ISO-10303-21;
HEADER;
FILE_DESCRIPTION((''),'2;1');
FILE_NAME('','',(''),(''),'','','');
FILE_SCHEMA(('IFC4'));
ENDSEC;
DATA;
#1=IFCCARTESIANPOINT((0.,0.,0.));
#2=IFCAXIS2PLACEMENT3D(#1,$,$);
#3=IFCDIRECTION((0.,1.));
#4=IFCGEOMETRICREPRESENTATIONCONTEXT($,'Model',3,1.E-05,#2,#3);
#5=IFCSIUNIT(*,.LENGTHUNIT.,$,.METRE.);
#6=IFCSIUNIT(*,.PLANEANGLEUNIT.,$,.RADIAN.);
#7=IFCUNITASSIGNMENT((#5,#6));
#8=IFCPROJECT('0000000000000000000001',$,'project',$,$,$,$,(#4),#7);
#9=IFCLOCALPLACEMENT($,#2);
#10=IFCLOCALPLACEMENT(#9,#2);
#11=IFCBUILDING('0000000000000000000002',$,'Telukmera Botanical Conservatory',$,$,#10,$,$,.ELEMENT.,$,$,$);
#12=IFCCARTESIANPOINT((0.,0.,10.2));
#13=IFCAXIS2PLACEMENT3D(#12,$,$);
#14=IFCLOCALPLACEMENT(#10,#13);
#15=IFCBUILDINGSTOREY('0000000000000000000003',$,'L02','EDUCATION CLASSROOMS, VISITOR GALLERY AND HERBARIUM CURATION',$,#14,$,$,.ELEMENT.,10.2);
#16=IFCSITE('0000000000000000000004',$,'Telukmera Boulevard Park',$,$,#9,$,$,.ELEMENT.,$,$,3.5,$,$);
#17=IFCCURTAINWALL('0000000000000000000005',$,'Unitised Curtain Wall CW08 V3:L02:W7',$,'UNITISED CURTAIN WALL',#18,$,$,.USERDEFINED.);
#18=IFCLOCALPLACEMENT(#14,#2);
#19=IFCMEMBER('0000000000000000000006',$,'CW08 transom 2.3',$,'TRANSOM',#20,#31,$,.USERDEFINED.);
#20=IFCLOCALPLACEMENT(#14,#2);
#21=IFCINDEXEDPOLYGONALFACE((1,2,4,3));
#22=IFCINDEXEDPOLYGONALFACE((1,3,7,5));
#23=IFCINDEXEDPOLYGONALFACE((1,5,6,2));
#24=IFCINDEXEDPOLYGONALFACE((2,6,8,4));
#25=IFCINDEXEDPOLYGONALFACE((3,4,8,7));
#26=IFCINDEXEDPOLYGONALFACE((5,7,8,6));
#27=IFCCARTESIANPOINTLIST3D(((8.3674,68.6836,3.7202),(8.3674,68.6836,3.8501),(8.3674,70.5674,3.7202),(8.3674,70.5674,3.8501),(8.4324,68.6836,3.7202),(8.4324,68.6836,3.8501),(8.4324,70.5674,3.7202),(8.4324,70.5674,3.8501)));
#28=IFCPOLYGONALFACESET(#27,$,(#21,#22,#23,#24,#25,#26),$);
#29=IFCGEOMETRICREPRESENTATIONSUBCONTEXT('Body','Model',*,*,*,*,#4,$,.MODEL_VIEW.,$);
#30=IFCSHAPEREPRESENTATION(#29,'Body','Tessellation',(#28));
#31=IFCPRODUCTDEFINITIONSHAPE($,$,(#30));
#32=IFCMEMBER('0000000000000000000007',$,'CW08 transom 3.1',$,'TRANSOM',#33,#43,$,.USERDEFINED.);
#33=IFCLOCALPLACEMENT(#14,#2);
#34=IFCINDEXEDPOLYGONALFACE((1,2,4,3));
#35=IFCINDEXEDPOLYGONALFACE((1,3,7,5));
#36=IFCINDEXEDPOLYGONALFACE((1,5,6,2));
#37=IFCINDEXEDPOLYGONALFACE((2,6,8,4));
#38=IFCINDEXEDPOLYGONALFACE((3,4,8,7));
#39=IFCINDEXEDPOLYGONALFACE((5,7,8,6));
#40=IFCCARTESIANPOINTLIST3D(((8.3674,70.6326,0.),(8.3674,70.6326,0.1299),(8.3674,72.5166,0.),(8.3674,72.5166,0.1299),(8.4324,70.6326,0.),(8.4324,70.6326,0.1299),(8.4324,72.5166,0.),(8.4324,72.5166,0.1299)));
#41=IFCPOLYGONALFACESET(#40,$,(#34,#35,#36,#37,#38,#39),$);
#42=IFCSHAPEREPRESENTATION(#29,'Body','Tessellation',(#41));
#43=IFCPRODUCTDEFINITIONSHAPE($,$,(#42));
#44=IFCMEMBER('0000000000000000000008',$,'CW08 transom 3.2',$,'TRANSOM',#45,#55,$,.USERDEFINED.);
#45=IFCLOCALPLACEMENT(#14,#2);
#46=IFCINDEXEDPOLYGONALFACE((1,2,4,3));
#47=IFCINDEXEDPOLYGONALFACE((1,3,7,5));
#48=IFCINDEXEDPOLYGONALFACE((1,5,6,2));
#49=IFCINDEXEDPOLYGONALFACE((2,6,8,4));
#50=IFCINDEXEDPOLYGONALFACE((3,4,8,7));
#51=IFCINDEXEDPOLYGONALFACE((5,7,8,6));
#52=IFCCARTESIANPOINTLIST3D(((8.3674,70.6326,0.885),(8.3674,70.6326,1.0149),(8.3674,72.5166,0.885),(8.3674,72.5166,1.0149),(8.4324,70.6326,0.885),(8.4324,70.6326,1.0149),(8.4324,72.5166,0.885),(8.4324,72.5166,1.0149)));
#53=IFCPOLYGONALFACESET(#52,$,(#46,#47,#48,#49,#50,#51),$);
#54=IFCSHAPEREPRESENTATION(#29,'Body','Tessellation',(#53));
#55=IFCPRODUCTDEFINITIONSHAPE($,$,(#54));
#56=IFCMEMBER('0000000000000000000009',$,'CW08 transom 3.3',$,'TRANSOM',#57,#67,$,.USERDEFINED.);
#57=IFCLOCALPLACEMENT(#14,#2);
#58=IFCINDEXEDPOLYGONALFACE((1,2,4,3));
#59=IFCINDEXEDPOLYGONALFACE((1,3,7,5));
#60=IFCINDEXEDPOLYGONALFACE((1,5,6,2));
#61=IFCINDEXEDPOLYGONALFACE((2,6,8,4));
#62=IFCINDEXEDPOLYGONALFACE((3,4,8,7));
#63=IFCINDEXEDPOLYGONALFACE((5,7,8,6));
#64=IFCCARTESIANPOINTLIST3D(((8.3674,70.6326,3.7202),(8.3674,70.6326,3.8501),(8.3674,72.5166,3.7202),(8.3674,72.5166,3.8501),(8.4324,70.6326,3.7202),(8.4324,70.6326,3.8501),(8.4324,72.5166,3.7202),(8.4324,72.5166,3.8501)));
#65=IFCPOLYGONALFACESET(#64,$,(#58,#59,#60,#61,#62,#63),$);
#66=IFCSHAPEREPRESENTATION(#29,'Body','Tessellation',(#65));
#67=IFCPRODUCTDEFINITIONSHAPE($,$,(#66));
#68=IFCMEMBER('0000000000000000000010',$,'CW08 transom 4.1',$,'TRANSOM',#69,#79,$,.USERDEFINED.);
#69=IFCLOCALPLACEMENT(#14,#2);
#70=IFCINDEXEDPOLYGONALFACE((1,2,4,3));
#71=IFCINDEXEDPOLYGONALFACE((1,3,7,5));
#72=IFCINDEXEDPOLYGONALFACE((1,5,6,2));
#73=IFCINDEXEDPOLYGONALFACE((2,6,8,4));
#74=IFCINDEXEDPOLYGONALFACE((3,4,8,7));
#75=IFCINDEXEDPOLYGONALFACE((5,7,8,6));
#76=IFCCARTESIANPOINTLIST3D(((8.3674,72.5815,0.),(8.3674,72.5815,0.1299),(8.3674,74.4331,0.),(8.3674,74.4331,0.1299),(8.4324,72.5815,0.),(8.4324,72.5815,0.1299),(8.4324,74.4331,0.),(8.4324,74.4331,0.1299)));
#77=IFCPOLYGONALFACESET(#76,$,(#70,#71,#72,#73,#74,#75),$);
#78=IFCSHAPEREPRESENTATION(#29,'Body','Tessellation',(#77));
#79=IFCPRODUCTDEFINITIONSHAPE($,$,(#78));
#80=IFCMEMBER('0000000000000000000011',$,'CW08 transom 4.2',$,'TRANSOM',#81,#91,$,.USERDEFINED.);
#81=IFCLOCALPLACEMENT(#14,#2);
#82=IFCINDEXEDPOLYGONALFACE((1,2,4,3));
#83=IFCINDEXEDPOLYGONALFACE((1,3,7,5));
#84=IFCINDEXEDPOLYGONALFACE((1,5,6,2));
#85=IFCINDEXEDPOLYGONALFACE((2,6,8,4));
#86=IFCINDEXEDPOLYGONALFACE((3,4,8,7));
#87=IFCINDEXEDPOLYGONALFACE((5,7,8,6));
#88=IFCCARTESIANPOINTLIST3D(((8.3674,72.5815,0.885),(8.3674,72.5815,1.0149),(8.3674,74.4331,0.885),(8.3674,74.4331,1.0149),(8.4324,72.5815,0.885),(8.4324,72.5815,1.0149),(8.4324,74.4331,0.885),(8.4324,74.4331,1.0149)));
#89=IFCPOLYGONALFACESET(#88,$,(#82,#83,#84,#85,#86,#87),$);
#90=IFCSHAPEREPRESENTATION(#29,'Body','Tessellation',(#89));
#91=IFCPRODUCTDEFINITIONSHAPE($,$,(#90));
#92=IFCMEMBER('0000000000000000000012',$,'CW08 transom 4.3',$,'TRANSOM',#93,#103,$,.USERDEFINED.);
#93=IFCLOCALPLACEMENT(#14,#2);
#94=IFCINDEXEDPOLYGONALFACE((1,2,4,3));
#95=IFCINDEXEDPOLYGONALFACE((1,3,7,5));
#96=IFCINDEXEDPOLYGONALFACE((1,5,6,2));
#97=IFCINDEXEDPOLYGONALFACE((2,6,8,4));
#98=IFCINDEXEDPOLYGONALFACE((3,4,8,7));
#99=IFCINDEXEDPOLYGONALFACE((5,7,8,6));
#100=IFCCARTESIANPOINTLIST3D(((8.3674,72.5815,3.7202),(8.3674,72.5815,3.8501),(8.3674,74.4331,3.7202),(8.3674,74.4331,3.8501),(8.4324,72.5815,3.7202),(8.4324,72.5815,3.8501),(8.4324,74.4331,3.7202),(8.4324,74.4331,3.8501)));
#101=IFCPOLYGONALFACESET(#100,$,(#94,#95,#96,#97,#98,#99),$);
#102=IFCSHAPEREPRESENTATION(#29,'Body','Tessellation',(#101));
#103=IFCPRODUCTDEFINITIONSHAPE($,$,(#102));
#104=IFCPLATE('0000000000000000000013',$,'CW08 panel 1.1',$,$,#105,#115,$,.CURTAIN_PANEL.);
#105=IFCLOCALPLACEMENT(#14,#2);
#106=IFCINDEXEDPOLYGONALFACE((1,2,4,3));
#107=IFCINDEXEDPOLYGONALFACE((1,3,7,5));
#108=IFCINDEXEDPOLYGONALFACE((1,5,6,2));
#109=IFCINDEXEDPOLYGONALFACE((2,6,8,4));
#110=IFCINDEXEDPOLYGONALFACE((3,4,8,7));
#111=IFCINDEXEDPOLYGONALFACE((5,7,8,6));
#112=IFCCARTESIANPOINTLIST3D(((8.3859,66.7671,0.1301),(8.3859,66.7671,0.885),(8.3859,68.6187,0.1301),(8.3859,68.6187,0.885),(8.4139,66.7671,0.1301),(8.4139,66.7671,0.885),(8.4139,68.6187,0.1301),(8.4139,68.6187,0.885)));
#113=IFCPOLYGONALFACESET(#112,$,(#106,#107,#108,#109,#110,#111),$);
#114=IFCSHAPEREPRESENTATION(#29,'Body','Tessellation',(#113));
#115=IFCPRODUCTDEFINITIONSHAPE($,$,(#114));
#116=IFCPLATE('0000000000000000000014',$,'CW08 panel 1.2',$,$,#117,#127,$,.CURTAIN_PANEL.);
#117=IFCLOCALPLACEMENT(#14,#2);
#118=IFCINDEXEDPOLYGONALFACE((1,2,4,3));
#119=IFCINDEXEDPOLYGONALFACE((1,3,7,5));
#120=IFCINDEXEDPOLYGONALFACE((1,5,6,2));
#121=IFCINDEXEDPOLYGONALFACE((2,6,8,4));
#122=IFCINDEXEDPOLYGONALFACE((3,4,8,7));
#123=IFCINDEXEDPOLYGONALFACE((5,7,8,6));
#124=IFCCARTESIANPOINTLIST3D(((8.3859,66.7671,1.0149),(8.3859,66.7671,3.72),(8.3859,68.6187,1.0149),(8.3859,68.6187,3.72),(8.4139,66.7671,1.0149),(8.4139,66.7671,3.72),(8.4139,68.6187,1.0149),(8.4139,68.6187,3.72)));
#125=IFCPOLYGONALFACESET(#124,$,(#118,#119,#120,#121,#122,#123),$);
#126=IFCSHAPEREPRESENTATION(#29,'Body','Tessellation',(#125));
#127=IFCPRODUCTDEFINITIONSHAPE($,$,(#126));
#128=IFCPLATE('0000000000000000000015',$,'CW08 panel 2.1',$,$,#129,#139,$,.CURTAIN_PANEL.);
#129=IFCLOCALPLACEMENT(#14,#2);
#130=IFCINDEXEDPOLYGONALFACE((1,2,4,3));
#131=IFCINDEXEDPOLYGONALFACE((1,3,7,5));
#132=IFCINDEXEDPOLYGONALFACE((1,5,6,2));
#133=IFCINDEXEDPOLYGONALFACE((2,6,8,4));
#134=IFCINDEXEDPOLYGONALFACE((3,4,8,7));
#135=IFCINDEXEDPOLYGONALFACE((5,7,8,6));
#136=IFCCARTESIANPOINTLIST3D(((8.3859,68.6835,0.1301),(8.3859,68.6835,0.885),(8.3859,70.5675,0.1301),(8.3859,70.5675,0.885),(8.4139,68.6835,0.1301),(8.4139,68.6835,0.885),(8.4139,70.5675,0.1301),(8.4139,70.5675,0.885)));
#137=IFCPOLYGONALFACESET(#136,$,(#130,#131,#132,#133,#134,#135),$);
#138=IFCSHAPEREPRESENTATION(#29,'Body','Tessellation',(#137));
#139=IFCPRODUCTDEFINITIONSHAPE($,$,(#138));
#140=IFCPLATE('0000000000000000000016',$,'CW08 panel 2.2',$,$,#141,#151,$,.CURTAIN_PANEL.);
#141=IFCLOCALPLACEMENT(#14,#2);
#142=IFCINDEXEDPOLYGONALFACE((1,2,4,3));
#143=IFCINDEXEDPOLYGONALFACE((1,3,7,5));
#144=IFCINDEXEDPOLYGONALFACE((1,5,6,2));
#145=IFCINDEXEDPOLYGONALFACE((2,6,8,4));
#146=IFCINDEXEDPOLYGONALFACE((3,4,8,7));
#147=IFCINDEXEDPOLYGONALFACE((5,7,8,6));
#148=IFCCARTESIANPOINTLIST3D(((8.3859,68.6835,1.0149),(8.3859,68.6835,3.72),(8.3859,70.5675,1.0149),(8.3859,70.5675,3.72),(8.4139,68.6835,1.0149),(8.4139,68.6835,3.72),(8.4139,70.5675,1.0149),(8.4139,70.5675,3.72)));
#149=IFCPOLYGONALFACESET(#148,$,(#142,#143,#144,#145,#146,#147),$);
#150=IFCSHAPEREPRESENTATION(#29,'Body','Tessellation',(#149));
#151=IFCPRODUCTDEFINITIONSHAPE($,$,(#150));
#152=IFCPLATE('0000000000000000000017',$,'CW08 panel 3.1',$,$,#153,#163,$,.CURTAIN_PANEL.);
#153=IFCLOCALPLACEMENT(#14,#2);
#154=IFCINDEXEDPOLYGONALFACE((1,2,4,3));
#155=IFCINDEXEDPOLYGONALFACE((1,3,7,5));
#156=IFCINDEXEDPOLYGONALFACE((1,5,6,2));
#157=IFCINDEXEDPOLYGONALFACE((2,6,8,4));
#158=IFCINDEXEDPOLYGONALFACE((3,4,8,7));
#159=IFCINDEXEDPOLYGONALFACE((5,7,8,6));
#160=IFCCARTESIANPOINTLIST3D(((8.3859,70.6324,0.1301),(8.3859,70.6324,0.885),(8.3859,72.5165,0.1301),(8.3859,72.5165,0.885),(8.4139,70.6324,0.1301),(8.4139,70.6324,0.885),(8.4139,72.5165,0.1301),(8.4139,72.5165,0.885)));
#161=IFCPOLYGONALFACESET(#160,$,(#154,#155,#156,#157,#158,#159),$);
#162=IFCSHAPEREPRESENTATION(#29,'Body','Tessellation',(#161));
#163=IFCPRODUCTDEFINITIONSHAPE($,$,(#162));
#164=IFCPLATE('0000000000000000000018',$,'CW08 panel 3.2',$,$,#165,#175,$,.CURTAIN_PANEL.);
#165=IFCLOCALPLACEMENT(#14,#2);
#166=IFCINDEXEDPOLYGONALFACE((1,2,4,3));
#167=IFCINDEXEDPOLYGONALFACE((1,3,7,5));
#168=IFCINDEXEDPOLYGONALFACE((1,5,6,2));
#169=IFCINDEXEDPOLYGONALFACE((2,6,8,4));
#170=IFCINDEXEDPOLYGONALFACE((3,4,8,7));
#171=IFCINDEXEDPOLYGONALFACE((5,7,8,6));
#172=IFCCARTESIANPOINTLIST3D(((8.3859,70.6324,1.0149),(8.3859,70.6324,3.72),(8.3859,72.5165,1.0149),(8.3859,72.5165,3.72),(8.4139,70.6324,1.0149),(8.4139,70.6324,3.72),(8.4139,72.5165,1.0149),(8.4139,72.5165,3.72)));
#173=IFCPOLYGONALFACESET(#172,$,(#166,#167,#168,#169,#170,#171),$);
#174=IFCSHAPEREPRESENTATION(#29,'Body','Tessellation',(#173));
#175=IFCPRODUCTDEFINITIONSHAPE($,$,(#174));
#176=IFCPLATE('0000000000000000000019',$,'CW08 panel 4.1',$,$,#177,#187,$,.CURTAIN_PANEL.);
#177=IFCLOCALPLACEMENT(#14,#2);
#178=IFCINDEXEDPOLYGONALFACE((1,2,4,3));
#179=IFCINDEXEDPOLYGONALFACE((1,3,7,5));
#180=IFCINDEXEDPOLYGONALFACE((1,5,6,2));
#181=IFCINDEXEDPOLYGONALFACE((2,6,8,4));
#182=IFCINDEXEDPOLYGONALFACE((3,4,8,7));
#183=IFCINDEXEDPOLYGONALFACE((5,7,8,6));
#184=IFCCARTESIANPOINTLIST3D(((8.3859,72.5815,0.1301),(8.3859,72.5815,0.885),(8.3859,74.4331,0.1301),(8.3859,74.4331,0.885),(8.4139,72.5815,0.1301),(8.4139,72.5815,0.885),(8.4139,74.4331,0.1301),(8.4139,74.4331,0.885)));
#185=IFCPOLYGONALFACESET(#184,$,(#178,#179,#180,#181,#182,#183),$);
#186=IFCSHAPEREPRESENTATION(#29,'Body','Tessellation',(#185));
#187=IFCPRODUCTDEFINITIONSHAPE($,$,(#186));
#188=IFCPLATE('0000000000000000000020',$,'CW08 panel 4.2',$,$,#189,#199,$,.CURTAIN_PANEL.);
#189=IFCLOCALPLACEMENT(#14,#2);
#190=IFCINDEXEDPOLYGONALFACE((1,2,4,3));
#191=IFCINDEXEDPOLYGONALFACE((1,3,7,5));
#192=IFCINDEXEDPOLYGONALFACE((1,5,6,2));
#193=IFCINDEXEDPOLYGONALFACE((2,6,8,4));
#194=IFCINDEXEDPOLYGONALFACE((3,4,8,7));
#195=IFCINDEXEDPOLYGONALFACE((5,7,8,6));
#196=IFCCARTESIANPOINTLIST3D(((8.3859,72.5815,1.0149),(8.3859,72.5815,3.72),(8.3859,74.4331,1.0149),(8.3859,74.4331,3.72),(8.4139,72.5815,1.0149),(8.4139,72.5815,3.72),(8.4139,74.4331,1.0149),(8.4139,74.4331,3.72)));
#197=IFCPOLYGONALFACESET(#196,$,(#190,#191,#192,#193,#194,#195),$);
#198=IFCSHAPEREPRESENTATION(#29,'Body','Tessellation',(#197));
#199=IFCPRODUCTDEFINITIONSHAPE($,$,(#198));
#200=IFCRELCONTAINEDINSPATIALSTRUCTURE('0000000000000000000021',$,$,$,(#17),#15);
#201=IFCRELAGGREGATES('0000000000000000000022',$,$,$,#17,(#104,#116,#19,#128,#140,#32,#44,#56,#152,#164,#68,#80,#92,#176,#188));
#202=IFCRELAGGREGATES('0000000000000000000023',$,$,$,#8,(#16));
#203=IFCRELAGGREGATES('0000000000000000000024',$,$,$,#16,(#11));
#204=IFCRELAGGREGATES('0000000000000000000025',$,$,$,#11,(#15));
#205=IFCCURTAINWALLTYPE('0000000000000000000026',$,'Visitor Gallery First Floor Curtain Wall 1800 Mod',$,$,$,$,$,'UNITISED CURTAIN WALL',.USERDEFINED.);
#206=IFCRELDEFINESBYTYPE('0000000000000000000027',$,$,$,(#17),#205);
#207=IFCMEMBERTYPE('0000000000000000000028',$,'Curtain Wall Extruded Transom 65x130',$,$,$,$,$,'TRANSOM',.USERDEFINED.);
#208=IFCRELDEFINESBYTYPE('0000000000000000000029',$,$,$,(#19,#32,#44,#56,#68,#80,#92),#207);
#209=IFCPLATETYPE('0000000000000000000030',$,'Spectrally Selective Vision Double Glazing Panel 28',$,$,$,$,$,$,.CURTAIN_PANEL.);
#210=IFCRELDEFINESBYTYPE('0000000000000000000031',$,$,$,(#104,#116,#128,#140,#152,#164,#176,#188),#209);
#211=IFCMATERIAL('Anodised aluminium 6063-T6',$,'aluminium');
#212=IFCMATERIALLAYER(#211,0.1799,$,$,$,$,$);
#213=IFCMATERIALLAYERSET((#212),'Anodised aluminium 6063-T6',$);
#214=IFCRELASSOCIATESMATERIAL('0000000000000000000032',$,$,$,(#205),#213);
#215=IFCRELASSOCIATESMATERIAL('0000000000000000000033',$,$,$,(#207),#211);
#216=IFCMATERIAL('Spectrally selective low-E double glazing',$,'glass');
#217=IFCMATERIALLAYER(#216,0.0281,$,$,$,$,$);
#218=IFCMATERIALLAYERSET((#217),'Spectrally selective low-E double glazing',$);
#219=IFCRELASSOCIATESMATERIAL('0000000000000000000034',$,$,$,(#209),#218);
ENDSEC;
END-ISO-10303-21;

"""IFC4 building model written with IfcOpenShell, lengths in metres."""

from ifc_helpers import new_model, si_unit, direction, frame, origin, origin_2d, place, context, subcontext, project, spatial, rectangle, extrude, material, layer, layer_set, material_profile, profile_set, type_object, element, aggregate, save


model = new_model("IFC4")

# Units and contexts
model_context = context("Model", 3, precision=1e-05, world=origin(), true_north=direction((0.0, 1.0)))
body_context = subcontext(model_context, "Body", "Model", "MODEL_VIEW")
ifc_project = project(units=[si_unit("LENGTHUNIT", "METRE"), si_unit("PLANEANGLEUNIT", "RADIAN")], contexts=[model_context])

# Site, building, storey
site_placement = place(None, origin())
site = spatial("IfcSite", under=ifc_project, at=site_placement, Name="Telukmera Boulevard Park", CompositionType="ELEMENT", RefElevation=3.5)
building_placement = place(site_placement, origin())
building = spatial("IfcBuilding", under=site, at=building_placement, Name="Telukmera Botanical Conservatory", CompositionType="ELEMENT")
storey_placement = place(building_placement, frame((0.0, 0.0, 10.2)))
storey = spatial("IfcBuildingStorey", under=building, at=storey_placement, Name="L02", Description="EDUCATION CLASSROOMS, VISITOR GALLERY AND HERBARIUM CURATION", CompositionType="ELEMENT", Elevation=10.2)

# Curtain wall, members, plates
ifc_material_1 = material(Name="Anodised aluminium 6063-T6", Category="aluminium")
ifc_layer_1 = layer(ifc_material_1, 0.1799)
ifc_layer_set_1 = layer_set([ifc_layer_1], Name="Anodised aluminium 6063-T6")
curtain_wall_type = type_object("IfcCurtainWallType", Name="Visitor Gallery First Floor Curtain Wall 1800 Mod", ElementType="UNITISED CURTAIN WALL", PredefinedType="USERDEFINED", material=ifc_layer_set_1)
curtain_wall_placement = place(storey_placement, origin())
curtain_wall = element("IfcCurtainWall", 1, at=curtain_wall_placement, inside=storey, type_object=curtain_wall_type, Name="Unitised Curtain Wall CW08 V3:L02:W7", ObjectType="UNITISED CURTAIN WALL", PredefinedType="USERDEFINED")
ifc_material_profile_1 = material_profile(ifc_material_1, rectangle(XDim=0.0649, YDim=0.1299, at=origin_2d()), Name="ALU TRAN 65x130")
ifc_profile_set_1 = profile_set([ifc_material_profile_1], Name="Anodised aluminium 6063-T6")
member_type_1 = type_object("IfcMemberType", Name="Curtain Wall Extruded Transom 65x130", ElementType="TRANSOM", PredefinedType="USERDEFINED", material=ifc_profile_set_1)
member_1_placement = place(storey_placement, frame((8.3999, 68.6836, 3.7852), z_axis=(0.0, 1.0, 0.0), x_axis=(-1.0, 0.0, 0.0)))
member_1 = element("IfcMember", 2, at=member_1_placement, type_object=member_type_1, Name="CW08 transom 2.3", ObjectType="TRANSOM", PredefinedType="USERDEFINED", context=body_context, shape_type="SweptSolid", body=[
    extrude(rectangle(XDim=0.0649, YDim=0.1299, at=origin_2d()), origin(), (0.0, 0.0, 1.0), 1.8838),
])
member_2_placement = place(storey_placement, frame((8.3999, 70.6326, 0.0649), z_axis=(0.0, 1.0, 0.0), x_axis=(-1.0, 0.0, 0.0)))
member_2 = element("IfcMember", 3, at=member_2_placement, type_object=member_type_1, Name="CW08 transom 3.1", ObjectType="TRANSOM", PredefinedType="USERDEFINED", context=body_context, shape_type="SweptSolid", body=[
    extrude(rectangle(XDim=0.0649, YDim=0.1299, at=origin_2d()), origin(), (0.0, 0.0, 1.0), 1.884),
])
member_3_placement = place(storey_placement, frame((8.3999, 70.6326, 0.95), z_axis=(0.0, 1.0, 0.0), x_axis=(-1.0, 0.0, 0.0)))
member_3 = element("IfcMember", 4, at=member_3_placement, type_object=member_type_1, Name="CW08 transom 3.2", ObjectType="TRANSOM", PredefinedType="USERDEFINED", context=body_context, shape_type="SweptSolid", body=[
    extrude(rectangle(XDim=0.0649, YDim=0.1299, at=origin_2d()), origin(), (0.0, 0.0, 1.0), 1.884),
])
member_4_placement = place(storey_placement, frame((8.3999, 70.6326, 3.7852), z_axis=(0.0, 1.0, 0.0), x_axis=(-1.0, 0.0, 0.0)))
member_4 = element("IfcMember", 5, at=member_4_placement, type_object=member_type_1, Name="CW08 transom 3.3", ObjectType="TRANSOM", PredefinedType="USERDEFINED", context=body_context, shape_type="SweptSolid", body=[
    extrude(rectangle(XDim=0.0649, YDim=0.1299, at=origin_2d()), origin(), (0.0, 0.0, 1.0), 1.884),
])
member_5_placement = place(storey_placement, frame((8.3999, 72.5815, 0.0649), z_axis=(0.0, 1.0, 0.0), x_axis=(-1.0, 0.0, 0.0)))
member_5 = element("IfcMember", 6, at=member_5_placement, type_object=member_type_1, Name="CW08 transom 4.1", ObjectType="TRANSOM", PredefinedType="USERDEFINED", context=body_context, shape_type="SweptSolid", body=[
    extrude(rectangle(XDim=0.0649, YDim=0.1299, at=origin_2d()), origin(), (0.0, 0.0, 1.0), 1.8516),
])
member_6_placement = place(storey_placement, frame((8.3999, 72.5815, 0.95), z_axis=(0.0, 1.0, 0.0), x_axis=(-1.0, 0.0, 0.0)))
member_6 = element("IfcMember", 7, at=member_6_placement, type_object=member_type_1, Name="CW08 transom 4.2", ObjectType="TRANSOM", PredefinedType="USERDEFINED", context=body_context, shape_type="SweptSolid", body=[
    extrude(rectangle(XDim=0.0649, YDim=0.1299, at=origin_2d()), origin(), (0.0, 0.0, 1.0), 1.8516),
])
member_7_placement = place(storey_placement, frame((8.3999, 72.5815, 3.7852), z_axis=(0.0, 1.0, 0.0), x_axis=(-1.0, 0.0, 0.0)))
member_7 = element("IfcMember", 8, at=member_7_placement, type_object=member_type_1, Name="CW08 transom 4.3", ObjectType="TRANSOM", PredefinedType="USERDEFINED", context=body_context, shape_type="SweptSolid", body=[
    extrude(rectangle(XDim=0.0649, YDim=0.1299, at=origin_2d()), origin(), (0.0, 0.0, 1.0), 1.8516),
])
ifc_material_2 = material(Name="Spectrally selective low-E double glazing", Category="glass")
ifc_layer_2 = layer(ifc_material_2, 0.0281)
ifc_layer_set_2 = layer_set([ifc_layer_2], Name="Spectrally selective low-E double glazing")
plate_type = type_object("IfcPlateType", Name="Spectrally Selective Vision Double Glazing Panel 28", PredefinedType="CURTAIN_PANEL", material=ifc_layer_set_2)
plate_1_placement = place(storey_placement, frame((8.3999, 67.6929, 0.1301), z_axis=(0.0, 0.0, 1.0), x_axis=(0.0, 1.0, 0.0)))
plate_1 = element("IfcPlate", 9, at=plate_1_placement, type_object=plate_type, Name="CW08 panel 1.1", PredefinedType="CURTAIN_PANEL", context=body_context, shape_type="SweptSolid", body=[
    extrude(rectangle(XDim=1.8516, YDim=0.0281, at=origin_2d()), origin(), (0.0, 0.0, 1.0), 0.7549),
])
plate_2_placement = place(storey_placement, frame((8.3999, 67.6929, 1.0149), z_axis=(0.0, 0.0, 1.0), x_axis=(0.0, 1.0, 0.0)))
plate_2 = element("IfcPlate", 10, at=plate_2_placement, type_object=plate_type, Name="CW08 panel 1.2", PredefinedType="CURTAIN_PANEL", context=body_context, shape_type="SweptSolid", body=[
    extrude(rectangle(XDim=1.8516, YDim=0.0281, at=origin_2d()), origin(), (0.0, 0.0, 1.0), 2.7051),
])
plate_3_placement = place(storey_placement, frame((8.3999, 69.6255, 0.1301), z_axis=(0.0, 0.0, 1.0), x_axis=(0.0, 1.0, 0.0)))
plate_3 = element("IfcPlate", 11, at=plate_3_placement, type_object=plate_type, Name="CW08 panel 2.1", PredefinedType="CURTAIN_PANEL", context=body_context, shape_type="SweptSolid", body=[
    extrude(rectangle(XDim=1.884, YDim=0.0281, at=origin_2d()), origin(), (0.0, 0.0, 1.0), 0.7549),
])
plate_4_placement = place(storey_placement, frame((8.3999, 69.6255, 1.0149), z_axis=(0.0, 0.0, 1.0), x_axis=(0.0, 1.0, 0.0)))
plate_4 = element("IfcPlate", 12, at=plate_4_placement, type_object=plate_type, Name="CW08 panel 2.2", PredefinedType="CURTAIN_PANEL", context=body_context, shape_type="SweptSolid", body=[
    extrude(rectangle(XDim=1.884, YDim=0.0281, at=origin_2d()), origin(), (0.0, 0.0, 1.0), 2.7051),
])
plate_5_placement = place(storey_placement, frame((8.3999, 71.5745, 0.1301), z_axis=(0.0, 0.0, 1.0), x_axis=(0.0, 1.0, 0.0)))
plate_5 = element("IfcPlate", 13, at=plate_5_placement, type_object=plate_type, Name="CW08 panel 3.1", PredefinedType="CURTAIN_PANEL", context=body_context, shape_type="SweptSolid", body=[
    extrude(rectangle(XDim=1.884, YDim=0.0281, at=origin_2d()), origin(), (0.0, 0.0, 1.0), 0.7549),
])
plate_6_placement = place(storey_placement, frame((8.3999, 71.5745, 1.0149), z_axis=(0.0, 0.0, 1.0), x_axis=(0.0, 1.0, 0.0)))
plate_6 = element("IfcPlate", 14, at=plate_6_placement, type_object=plate_type, Name="CW08 panel 3.2", PredefinedType="CURTAIN_PANEL", context=body_context, shape_type="SweptSolid", body=[
    extrude(rectangle(XDim=1.884, YDim=0.0281, at=origin_2d()), origin(), (0.0, 0.0, 1.0), 2.7051),
])
plate_7_placement = place(storey_placement, frame((8.3999, 73.5073, 0.1301), z_axis=(0.0, 0.0, 1.0), x_axis=(0.0, 1.0, 0.0)))
plate_7 = element("IfcPlate", 15, at=plate_7_placement, type_object=plate_type, Name="CW08 panel 4.1", PredefinedType="CURTAIN_PANEL", context=body_context, shape_type="SweptSolid", body=[
    extrude(rectangle(XDim=1.8516, YDim=0.0281, at=origin_2d()), origin(), (0.0, 0.0, 1.0), 0.7549),
])
plate_8_placement = place(storey_placement, frame((8.3999, 73.5073, 1.0149), z_axis=(0.0, 0.0, 1.0), x_axis=(0.0, 1.0, 0.0)))
plate_8 = element("IfcPlate", 16, at=plate_8_placement, type_object=plate_type, Name="CW08 panel 4.2", PredefinedType="CURTAIN_PANEL", context=body_context, shape_type="SweptSolid", body=[
    extrude(rectangle(XDim=1.8516, YDim=0.0281, at=origin_2d()), origin(), (0.0, 0.0, 1.0), 2.7051),
])
aggregate(curtain_wall, [plate_1, plate_2, member_1, plate_3, plate_4, member_2, member_3, member_4, plate_5, plate_6, member_5, member_6, member_7, plate_7, plate_8])

save(model, "model.ifc")
